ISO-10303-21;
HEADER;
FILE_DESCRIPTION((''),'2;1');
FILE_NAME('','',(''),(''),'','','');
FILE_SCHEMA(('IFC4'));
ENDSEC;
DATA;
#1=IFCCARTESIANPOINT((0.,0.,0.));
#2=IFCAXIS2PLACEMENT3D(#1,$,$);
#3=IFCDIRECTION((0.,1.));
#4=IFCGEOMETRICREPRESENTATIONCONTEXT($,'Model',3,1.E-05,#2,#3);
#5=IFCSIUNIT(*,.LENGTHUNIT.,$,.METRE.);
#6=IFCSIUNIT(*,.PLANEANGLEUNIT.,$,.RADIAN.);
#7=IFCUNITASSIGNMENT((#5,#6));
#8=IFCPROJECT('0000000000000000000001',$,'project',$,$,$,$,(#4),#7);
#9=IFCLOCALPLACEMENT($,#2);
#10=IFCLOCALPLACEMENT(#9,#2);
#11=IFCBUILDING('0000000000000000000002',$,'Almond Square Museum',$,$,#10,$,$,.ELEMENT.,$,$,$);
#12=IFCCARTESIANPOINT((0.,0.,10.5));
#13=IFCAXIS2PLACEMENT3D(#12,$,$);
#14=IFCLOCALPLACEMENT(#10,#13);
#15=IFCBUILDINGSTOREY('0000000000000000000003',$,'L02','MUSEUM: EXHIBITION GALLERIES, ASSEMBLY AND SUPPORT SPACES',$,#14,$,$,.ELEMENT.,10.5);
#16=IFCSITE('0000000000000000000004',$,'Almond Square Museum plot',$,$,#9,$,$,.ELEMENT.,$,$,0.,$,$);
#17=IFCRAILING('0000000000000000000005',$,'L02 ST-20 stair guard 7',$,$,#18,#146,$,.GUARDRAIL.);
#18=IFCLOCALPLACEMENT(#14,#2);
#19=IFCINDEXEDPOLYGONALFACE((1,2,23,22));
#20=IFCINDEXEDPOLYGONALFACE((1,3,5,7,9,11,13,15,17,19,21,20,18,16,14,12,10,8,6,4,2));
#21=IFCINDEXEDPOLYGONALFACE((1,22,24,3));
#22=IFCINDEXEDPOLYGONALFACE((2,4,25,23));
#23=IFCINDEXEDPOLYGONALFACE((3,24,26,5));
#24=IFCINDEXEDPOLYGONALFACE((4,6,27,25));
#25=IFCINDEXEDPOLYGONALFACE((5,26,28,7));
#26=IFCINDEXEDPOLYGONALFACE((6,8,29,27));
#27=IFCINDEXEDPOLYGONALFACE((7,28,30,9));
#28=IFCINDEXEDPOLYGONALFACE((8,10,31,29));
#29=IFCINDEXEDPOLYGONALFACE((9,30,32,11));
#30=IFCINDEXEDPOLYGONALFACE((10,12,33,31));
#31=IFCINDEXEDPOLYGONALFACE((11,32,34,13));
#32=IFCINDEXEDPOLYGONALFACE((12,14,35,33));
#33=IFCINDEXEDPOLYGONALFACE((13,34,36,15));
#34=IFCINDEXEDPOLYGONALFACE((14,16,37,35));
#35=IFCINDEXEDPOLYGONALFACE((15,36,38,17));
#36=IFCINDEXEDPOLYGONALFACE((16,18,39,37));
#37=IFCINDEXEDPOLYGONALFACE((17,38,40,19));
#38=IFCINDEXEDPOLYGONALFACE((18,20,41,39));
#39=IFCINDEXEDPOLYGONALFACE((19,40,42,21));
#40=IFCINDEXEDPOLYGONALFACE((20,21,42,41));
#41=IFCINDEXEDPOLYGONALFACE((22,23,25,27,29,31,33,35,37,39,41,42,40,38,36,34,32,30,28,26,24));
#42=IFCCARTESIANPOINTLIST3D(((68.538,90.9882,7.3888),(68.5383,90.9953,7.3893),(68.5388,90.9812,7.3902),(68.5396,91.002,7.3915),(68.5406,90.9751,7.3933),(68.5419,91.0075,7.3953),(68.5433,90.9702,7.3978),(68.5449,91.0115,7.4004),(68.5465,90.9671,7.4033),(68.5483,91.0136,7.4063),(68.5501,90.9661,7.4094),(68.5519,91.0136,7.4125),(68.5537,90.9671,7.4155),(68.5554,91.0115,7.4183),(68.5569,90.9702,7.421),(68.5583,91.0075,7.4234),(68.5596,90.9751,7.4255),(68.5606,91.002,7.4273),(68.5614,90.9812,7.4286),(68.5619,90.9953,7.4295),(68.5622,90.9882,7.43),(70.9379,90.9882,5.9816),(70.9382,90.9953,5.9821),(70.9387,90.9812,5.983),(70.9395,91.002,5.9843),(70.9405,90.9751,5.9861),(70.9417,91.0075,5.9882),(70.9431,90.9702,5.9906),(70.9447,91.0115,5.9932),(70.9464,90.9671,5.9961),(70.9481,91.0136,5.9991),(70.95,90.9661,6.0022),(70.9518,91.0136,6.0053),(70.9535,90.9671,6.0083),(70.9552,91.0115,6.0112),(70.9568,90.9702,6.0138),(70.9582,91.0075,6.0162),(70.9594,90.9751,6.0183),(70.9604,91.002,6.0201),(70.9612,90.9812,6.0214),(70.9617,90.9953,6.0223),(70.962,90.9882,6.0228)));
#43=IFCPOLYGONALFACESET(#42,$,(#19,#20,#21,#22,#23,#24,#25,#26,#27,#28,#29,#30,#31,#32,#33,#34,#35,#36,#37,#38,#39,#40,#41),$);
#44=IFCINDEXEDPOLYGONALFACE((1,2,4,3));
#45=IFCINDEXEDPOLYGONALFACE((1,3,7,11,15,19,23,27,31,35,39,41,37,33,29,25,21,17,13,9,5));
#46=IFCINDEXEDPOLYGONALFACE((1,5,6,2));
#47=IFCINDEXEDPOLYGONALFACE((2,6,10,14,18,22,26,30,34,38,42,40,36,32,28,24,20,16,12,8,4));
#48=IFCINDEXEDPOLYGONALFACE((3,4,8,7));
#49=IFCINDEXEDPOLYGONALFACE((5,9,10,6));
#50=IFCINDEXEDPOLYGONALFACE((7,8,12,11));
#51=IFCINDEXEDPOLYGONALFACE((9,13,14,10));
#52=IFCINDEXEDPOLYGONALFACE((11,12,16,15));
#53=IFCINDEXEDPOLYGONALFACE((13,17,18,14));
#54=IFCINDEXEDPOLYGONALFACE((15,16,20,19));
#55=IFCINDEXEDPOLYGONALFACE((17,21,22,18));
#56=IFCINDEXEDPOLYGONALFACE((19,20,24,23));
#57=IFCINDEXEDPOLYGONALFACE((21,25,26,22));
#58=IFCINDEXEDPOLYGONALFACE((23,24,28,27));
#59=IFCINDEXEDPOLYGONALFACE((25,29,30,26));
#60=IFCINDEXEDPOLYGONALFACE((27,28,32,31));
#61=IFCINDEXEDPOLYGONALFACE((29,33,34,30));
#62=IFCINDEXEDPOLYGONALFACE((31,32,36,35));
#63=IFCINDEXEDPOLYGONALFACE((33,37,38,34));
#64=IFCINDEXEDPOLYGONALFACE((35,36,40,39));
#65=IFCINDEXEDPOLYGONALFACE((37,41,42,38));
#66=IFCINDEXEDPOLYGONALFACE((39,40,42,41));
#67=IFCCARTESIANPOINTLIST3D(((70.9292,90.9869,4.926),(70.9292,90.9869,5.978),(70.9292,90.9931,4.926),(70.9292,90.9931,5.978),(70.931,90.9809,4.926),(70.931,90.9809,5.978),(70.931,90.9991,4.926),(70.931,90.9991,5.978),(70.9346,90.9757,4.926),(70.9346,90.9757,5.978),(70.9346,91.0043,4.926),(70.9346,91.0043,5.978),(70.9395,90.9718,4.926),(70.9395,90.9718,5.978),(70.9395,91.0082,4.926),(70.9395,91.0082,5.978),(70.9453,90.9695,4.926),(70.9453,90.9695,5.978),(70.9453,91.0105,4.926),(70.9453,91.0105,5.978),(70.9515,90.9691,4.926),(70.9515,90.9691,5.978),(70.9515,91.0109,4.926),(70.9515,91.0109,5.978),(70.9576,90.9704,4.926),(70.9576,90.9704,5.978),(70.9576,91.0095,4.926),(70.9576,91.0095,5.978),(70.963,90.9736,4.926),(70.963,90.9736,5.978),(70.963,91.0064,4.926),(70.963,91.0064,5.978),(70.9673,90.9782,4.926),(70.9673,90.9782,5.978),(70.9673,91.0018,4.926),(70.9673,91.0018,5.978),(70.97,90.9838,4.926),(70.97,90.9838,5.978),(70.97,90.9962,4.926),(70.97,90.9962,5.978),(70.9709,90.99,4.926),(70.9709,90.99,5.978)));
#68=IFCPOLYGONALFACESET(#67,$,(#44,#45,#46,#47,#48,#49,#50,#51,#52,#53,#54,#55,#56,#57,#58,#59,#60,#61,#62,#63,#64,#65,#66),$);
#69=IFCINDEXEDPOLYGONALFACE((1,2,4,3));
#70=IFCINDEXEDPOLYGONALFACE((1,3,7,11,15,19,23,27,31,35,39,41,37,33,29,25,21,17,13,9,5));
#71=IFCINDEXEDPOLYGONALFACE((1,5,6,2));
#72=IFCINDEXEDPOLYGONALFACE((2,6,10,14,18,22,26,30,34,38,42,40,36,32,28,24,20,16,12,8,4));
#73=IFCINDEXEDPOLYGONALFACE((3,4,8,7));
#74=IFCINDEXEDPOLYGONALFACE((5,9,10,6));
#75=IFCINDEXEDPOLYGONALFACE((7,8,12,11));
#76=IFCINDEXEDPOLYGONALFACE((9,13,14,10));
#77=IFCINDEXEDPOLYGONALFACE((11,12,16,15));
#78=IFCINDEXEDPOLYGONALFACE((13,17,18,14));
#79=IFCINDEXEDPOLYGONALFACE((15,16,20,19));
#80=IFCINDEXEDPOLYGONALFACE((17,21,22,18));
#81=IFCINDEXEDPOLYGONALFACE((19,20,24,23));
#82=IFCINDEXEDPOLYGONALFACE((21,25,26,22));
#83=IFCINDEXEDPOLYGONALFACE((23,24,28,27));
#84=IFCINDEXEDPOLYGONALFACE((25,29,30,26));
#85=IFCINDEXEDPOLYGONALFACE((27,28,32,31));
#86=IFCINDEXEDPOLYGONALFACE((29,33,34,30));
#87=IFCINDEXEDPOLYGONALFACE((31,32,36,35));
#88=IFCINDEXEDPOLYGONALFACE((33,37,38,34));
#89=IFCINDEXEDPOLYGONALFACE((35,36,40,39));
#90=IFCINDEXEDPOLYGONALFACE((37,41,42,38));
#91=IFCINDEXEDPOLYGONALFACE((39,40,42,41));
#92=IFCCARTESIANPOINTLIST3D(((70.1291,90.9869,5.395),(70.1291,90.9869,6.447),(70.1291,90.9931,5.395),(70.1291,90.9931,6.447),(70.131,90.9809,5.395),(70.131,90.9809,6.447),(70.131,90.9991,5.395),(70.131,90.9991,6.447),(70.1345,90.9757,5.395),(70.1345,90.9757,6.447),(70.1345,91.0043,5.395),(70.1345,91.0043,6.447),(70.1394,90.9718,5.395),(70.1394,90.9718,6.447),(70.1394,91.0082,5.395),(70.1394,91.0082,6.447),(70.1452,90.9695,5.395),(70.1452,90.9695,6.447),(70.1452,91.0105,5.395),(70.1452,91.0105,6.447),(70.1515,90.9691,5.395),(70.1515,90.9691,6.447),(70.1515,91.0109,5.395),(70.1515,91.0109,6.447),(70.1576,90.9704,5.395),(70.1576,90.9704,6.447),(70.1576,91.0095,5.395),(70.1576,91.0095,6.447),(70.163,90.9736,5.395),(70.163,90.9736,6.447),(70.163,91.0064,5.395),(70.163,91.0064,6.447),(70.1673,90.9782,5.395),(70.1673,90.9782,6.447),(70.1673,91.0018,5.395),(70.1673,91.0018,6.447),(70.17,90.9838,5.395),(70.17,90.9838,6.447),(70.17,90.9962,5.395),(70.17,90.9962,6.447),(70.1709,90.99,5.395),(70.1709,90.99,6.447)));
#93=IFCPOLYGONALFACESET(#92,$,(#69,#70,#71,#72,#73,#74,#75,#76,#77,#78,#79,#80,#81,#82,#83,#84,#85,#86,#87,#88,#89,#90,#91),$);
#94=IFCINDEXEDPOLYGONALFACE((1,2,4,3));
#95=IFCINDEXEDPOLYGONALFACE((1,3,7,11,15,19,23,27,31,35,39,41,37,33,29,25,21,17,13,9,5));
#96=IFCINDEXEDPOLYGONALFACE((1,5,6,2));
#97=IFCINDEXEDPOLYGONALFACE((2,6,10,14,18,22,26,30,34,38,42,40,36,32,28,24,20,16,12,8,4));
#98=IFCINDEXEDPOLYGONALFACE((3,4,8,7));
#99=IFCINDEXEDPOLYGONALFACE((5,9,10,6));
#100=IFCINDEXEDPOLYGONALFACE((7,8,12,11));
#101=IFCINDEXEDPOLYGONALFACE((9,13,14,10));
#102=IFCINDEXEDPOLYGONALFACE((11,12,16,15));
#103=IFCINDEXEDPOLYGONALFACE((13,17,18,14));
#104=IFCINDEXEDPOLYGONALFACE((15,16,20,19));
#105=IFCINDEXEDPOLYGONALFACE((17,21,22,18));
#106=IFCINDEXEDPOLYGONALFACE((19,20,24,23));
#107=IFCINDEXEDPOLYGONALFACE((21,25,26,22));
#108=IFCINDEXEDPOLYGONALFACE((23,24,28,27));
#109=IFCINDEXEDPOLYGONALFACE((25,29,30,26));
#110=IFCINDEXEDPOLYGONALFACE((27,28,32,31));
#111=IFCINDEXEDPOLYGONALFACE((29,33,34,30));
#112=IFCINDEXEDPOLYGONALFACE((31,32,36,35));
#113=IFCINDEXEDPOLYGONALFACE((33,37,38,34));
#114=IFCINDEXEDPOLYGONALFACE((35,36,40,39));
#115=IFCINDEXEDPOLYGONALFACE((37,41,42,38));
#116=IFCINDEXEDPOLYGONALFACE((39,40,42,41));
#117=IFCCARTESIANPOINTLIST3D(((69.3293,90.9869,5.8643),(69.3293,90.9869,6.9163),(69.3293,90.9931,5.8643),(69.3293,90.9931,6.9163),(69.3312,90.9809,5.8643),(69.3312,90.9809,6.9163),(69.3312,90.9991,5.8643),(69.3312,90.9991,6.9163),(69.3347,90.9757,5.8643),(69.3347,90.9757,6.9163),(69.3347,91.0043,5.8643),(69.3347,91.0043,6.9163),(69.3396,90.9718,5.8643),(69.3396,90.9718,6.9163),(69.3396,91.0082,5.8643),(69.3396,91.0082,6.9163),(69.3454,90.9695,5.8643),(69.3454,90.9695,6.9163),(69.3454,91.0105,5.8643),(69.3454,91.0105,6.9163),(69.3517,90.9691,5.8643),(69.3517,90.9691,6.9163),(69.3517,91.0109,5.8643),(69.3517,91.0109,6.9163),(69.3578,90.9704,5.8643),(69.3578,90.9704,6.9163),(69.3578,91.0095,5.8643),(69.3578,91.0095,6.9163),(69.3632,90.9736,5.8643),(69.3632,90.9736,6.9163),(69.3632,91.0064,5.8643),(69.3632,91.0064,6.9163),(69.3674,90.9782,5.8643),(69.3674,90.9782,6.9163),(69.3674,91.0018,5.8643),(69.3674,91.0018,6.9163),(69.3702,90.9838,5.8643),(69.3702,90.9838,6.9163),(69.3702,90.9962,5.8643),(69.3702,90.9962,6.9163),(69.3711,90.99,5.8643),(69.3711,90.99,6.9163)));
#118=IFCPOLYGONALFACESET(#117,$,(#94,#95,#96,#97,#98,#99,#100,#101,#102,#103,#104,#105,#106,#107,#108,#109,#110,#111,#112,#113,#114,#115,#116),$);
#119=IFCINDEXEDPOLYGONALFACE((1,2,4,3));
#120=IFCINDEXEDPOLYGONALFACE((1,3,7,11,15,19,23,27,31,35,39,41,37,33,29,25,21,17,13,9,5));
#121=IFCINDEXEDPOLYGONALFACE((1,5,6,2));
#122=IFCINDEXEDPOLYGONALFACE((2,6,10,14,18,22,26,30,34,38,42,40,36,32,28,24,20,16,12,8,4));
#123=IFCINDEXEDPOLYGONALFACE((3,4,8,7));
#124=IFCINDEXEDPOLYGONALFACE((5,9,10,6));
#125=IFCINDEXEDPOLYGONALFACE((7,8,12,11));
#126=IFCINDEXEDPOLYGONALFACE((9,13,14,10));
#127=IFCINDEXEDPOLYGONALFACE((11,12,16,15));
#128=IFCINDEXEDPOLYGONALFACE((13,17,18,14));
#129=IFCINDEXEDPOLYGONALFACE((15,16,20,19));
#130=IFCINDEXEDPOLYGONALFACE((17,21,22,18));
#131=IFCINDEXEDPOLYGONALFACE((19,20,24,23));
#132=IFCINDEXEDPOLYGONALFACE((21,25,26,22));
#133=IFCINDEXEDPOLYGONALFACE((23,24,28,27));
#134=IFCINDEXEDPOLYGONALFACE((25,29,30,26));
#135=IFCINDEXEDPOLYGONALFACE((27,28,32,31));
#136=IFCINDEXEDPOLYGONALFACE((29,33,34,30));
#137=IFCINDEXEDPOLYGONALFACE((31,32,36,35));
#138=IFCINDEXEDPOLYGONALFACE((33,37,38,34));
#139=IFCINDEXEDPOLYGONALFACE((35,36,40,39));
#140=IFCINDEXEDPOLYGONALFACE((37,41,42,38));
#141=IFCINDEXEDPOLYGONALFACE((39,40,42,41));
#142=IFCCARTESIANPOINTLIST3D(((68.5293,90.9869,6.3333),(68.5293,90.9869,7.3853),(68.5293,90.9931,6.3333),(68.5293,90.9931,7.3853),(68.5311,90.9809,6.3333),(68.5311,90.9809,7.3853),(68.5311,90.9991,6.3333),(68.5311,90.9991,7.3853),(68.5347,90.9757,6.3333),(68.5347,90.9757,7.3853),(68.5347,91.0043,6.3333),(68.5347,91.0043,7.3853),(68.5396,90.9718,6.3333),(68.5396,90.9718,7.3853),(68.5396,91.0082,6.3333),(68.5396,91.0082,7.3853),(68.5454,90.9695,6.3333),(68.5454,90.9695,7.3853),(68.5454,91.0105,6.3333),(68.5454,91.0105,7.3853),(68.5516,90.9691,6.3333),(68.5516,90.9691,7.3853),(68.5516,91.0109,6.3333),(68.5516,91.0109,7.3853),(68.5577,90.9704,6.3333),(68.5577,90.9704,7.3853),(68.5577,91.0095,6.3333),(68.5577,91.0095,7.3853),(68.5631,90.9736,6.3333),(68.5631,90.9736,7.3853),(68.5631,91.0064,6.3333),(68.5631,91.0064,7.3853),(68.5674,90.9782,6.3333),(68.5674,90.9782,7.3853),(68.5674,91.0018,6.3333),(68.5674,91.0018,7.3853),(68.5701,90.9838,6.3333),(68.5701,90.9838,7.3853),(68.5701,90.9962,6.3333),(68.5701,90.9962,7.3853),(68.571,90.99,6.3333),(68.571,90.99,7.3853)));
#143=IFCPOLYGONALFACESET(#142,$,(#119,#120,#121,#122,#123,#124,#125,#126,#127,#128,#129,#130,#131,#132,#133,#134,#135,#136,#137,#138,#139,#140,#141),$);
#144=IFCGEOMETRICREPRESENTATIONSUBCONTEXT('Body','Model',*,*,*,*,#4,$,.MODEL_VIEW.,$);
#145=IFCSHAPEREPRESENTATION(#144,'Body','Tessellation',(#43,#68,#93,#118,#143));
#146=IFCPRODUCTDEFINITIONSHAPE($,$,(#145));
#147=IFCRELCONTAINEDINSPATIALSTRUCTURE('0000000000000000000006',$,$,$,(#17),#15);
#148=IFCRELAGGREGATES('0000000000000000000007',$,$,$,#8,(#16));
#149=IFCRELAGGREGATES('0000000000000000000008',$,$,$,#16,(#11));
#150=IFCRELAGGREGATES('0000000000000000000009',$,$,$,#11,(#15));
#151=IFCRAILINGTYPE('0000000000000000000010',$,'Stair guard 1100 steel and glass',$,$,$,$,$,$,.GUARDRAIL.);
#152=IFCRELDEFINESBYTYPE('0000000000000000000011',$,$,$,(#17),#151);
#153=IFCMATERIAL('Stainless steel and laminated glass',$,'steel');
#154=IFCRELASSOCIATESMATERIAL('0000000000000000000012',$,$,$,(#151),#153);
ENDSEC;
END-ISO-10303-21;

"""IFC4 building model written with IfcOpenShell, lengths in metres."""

from ifc_helpers import new_model, si_unit, direction, frame, origin, origin_2d, place, context, subcontext, project, spatial, circle, extrude, material, type_object, element, save


model = new_model("IFC4")

# Units and contexts
model_context = context("Model", 3, precision=1e-05, world=origin(), true_north=direction((0.0, 1.0)))
body_context = subcontext(model_context, "Body", "Model", "MODEL_VIEW")
ifc_project = project(units=[si_unit("LENGTHUNIT", "METRE"), si_unit("PLANEANGLEUNIT", "RADIAN")], contexts=[model_context])

# Site, building, storey
site_placement = place(None, origin())
site = spatial("IfcSite", under=ifc_project, at=site_placement, Name="Almond Square Museum plot", CompositionType="ELEMENT", RefElevation=0.0)
building_placement = place(site_placement, origin())
building = spatial("IfcBuilding", under=site, at=building_placement, Name="Almond Square Museum", CompositionType="ELEMENT")
storey_placement = place(building_placement, frame((0.0, 0.0, 10.5)))
storey = spatial("IfcBuildingStorey", under=building, at=storey_placement, Name="L02", Description="MUSEUM: EXHIBITION GALLERIES, ASSEMBLY AND SUPPORT SPACES", CompositionType="ELEMENT", Elevation=10.5)

# Railing
ifc_material_1 = material(Name="Stainless steel and laminated glass", Category="steel")
railing_type_1 = type_object("IfcRailingType", Name="Stair guard 1100 steel and glass", PredefinedType="GUARDRAIL", material=ifc_material_1)
railing_1_placement = place(storey_placement, frame((70.95, 90.99, 4.926)))
element("IfcRailing", 1, at=railing_1_placement, inside=storey, type_object=railing_type_1, Name="L02 ST-20 stair guard 7", PredefinedType="GUARDRAIL", context=body_context, shape_type="SweptSolid", body=[
    extrude(circle(Radius=0.0239, at=origin_2d()), frame((0.0, 0.0, 1.0762), z_axis=(-0.862637, 0.0, 0.505823), x_axis=(0.0, -1.0, 0.0)), (0.0, 0.0, 1.0), 2.782),
    extrude(circle(Radius=0.021, at=origin_2d()), origin(), (0.0, 0.0, 1.0), 1.052),
    extrude(circle(Radius=0.021, at=origin_2d()), frame((-0.8, 0.0, 0.469)), (0.0, 0.0, 1.0), 1.052),
    extrude(circle(Radius=0.021, at=origin_2d()), frame((-1.5999, 0.0, 0.9382)), (0.0, 0.0, 1.0), 1.052),
    extrude(circle(Radius=0.021, at=origin_2d()), frame((-2.3999, 0.0, 1.4072)), (0.0, 0.0, 1.0), 1.052),
])

save(model, "model.ifc")
